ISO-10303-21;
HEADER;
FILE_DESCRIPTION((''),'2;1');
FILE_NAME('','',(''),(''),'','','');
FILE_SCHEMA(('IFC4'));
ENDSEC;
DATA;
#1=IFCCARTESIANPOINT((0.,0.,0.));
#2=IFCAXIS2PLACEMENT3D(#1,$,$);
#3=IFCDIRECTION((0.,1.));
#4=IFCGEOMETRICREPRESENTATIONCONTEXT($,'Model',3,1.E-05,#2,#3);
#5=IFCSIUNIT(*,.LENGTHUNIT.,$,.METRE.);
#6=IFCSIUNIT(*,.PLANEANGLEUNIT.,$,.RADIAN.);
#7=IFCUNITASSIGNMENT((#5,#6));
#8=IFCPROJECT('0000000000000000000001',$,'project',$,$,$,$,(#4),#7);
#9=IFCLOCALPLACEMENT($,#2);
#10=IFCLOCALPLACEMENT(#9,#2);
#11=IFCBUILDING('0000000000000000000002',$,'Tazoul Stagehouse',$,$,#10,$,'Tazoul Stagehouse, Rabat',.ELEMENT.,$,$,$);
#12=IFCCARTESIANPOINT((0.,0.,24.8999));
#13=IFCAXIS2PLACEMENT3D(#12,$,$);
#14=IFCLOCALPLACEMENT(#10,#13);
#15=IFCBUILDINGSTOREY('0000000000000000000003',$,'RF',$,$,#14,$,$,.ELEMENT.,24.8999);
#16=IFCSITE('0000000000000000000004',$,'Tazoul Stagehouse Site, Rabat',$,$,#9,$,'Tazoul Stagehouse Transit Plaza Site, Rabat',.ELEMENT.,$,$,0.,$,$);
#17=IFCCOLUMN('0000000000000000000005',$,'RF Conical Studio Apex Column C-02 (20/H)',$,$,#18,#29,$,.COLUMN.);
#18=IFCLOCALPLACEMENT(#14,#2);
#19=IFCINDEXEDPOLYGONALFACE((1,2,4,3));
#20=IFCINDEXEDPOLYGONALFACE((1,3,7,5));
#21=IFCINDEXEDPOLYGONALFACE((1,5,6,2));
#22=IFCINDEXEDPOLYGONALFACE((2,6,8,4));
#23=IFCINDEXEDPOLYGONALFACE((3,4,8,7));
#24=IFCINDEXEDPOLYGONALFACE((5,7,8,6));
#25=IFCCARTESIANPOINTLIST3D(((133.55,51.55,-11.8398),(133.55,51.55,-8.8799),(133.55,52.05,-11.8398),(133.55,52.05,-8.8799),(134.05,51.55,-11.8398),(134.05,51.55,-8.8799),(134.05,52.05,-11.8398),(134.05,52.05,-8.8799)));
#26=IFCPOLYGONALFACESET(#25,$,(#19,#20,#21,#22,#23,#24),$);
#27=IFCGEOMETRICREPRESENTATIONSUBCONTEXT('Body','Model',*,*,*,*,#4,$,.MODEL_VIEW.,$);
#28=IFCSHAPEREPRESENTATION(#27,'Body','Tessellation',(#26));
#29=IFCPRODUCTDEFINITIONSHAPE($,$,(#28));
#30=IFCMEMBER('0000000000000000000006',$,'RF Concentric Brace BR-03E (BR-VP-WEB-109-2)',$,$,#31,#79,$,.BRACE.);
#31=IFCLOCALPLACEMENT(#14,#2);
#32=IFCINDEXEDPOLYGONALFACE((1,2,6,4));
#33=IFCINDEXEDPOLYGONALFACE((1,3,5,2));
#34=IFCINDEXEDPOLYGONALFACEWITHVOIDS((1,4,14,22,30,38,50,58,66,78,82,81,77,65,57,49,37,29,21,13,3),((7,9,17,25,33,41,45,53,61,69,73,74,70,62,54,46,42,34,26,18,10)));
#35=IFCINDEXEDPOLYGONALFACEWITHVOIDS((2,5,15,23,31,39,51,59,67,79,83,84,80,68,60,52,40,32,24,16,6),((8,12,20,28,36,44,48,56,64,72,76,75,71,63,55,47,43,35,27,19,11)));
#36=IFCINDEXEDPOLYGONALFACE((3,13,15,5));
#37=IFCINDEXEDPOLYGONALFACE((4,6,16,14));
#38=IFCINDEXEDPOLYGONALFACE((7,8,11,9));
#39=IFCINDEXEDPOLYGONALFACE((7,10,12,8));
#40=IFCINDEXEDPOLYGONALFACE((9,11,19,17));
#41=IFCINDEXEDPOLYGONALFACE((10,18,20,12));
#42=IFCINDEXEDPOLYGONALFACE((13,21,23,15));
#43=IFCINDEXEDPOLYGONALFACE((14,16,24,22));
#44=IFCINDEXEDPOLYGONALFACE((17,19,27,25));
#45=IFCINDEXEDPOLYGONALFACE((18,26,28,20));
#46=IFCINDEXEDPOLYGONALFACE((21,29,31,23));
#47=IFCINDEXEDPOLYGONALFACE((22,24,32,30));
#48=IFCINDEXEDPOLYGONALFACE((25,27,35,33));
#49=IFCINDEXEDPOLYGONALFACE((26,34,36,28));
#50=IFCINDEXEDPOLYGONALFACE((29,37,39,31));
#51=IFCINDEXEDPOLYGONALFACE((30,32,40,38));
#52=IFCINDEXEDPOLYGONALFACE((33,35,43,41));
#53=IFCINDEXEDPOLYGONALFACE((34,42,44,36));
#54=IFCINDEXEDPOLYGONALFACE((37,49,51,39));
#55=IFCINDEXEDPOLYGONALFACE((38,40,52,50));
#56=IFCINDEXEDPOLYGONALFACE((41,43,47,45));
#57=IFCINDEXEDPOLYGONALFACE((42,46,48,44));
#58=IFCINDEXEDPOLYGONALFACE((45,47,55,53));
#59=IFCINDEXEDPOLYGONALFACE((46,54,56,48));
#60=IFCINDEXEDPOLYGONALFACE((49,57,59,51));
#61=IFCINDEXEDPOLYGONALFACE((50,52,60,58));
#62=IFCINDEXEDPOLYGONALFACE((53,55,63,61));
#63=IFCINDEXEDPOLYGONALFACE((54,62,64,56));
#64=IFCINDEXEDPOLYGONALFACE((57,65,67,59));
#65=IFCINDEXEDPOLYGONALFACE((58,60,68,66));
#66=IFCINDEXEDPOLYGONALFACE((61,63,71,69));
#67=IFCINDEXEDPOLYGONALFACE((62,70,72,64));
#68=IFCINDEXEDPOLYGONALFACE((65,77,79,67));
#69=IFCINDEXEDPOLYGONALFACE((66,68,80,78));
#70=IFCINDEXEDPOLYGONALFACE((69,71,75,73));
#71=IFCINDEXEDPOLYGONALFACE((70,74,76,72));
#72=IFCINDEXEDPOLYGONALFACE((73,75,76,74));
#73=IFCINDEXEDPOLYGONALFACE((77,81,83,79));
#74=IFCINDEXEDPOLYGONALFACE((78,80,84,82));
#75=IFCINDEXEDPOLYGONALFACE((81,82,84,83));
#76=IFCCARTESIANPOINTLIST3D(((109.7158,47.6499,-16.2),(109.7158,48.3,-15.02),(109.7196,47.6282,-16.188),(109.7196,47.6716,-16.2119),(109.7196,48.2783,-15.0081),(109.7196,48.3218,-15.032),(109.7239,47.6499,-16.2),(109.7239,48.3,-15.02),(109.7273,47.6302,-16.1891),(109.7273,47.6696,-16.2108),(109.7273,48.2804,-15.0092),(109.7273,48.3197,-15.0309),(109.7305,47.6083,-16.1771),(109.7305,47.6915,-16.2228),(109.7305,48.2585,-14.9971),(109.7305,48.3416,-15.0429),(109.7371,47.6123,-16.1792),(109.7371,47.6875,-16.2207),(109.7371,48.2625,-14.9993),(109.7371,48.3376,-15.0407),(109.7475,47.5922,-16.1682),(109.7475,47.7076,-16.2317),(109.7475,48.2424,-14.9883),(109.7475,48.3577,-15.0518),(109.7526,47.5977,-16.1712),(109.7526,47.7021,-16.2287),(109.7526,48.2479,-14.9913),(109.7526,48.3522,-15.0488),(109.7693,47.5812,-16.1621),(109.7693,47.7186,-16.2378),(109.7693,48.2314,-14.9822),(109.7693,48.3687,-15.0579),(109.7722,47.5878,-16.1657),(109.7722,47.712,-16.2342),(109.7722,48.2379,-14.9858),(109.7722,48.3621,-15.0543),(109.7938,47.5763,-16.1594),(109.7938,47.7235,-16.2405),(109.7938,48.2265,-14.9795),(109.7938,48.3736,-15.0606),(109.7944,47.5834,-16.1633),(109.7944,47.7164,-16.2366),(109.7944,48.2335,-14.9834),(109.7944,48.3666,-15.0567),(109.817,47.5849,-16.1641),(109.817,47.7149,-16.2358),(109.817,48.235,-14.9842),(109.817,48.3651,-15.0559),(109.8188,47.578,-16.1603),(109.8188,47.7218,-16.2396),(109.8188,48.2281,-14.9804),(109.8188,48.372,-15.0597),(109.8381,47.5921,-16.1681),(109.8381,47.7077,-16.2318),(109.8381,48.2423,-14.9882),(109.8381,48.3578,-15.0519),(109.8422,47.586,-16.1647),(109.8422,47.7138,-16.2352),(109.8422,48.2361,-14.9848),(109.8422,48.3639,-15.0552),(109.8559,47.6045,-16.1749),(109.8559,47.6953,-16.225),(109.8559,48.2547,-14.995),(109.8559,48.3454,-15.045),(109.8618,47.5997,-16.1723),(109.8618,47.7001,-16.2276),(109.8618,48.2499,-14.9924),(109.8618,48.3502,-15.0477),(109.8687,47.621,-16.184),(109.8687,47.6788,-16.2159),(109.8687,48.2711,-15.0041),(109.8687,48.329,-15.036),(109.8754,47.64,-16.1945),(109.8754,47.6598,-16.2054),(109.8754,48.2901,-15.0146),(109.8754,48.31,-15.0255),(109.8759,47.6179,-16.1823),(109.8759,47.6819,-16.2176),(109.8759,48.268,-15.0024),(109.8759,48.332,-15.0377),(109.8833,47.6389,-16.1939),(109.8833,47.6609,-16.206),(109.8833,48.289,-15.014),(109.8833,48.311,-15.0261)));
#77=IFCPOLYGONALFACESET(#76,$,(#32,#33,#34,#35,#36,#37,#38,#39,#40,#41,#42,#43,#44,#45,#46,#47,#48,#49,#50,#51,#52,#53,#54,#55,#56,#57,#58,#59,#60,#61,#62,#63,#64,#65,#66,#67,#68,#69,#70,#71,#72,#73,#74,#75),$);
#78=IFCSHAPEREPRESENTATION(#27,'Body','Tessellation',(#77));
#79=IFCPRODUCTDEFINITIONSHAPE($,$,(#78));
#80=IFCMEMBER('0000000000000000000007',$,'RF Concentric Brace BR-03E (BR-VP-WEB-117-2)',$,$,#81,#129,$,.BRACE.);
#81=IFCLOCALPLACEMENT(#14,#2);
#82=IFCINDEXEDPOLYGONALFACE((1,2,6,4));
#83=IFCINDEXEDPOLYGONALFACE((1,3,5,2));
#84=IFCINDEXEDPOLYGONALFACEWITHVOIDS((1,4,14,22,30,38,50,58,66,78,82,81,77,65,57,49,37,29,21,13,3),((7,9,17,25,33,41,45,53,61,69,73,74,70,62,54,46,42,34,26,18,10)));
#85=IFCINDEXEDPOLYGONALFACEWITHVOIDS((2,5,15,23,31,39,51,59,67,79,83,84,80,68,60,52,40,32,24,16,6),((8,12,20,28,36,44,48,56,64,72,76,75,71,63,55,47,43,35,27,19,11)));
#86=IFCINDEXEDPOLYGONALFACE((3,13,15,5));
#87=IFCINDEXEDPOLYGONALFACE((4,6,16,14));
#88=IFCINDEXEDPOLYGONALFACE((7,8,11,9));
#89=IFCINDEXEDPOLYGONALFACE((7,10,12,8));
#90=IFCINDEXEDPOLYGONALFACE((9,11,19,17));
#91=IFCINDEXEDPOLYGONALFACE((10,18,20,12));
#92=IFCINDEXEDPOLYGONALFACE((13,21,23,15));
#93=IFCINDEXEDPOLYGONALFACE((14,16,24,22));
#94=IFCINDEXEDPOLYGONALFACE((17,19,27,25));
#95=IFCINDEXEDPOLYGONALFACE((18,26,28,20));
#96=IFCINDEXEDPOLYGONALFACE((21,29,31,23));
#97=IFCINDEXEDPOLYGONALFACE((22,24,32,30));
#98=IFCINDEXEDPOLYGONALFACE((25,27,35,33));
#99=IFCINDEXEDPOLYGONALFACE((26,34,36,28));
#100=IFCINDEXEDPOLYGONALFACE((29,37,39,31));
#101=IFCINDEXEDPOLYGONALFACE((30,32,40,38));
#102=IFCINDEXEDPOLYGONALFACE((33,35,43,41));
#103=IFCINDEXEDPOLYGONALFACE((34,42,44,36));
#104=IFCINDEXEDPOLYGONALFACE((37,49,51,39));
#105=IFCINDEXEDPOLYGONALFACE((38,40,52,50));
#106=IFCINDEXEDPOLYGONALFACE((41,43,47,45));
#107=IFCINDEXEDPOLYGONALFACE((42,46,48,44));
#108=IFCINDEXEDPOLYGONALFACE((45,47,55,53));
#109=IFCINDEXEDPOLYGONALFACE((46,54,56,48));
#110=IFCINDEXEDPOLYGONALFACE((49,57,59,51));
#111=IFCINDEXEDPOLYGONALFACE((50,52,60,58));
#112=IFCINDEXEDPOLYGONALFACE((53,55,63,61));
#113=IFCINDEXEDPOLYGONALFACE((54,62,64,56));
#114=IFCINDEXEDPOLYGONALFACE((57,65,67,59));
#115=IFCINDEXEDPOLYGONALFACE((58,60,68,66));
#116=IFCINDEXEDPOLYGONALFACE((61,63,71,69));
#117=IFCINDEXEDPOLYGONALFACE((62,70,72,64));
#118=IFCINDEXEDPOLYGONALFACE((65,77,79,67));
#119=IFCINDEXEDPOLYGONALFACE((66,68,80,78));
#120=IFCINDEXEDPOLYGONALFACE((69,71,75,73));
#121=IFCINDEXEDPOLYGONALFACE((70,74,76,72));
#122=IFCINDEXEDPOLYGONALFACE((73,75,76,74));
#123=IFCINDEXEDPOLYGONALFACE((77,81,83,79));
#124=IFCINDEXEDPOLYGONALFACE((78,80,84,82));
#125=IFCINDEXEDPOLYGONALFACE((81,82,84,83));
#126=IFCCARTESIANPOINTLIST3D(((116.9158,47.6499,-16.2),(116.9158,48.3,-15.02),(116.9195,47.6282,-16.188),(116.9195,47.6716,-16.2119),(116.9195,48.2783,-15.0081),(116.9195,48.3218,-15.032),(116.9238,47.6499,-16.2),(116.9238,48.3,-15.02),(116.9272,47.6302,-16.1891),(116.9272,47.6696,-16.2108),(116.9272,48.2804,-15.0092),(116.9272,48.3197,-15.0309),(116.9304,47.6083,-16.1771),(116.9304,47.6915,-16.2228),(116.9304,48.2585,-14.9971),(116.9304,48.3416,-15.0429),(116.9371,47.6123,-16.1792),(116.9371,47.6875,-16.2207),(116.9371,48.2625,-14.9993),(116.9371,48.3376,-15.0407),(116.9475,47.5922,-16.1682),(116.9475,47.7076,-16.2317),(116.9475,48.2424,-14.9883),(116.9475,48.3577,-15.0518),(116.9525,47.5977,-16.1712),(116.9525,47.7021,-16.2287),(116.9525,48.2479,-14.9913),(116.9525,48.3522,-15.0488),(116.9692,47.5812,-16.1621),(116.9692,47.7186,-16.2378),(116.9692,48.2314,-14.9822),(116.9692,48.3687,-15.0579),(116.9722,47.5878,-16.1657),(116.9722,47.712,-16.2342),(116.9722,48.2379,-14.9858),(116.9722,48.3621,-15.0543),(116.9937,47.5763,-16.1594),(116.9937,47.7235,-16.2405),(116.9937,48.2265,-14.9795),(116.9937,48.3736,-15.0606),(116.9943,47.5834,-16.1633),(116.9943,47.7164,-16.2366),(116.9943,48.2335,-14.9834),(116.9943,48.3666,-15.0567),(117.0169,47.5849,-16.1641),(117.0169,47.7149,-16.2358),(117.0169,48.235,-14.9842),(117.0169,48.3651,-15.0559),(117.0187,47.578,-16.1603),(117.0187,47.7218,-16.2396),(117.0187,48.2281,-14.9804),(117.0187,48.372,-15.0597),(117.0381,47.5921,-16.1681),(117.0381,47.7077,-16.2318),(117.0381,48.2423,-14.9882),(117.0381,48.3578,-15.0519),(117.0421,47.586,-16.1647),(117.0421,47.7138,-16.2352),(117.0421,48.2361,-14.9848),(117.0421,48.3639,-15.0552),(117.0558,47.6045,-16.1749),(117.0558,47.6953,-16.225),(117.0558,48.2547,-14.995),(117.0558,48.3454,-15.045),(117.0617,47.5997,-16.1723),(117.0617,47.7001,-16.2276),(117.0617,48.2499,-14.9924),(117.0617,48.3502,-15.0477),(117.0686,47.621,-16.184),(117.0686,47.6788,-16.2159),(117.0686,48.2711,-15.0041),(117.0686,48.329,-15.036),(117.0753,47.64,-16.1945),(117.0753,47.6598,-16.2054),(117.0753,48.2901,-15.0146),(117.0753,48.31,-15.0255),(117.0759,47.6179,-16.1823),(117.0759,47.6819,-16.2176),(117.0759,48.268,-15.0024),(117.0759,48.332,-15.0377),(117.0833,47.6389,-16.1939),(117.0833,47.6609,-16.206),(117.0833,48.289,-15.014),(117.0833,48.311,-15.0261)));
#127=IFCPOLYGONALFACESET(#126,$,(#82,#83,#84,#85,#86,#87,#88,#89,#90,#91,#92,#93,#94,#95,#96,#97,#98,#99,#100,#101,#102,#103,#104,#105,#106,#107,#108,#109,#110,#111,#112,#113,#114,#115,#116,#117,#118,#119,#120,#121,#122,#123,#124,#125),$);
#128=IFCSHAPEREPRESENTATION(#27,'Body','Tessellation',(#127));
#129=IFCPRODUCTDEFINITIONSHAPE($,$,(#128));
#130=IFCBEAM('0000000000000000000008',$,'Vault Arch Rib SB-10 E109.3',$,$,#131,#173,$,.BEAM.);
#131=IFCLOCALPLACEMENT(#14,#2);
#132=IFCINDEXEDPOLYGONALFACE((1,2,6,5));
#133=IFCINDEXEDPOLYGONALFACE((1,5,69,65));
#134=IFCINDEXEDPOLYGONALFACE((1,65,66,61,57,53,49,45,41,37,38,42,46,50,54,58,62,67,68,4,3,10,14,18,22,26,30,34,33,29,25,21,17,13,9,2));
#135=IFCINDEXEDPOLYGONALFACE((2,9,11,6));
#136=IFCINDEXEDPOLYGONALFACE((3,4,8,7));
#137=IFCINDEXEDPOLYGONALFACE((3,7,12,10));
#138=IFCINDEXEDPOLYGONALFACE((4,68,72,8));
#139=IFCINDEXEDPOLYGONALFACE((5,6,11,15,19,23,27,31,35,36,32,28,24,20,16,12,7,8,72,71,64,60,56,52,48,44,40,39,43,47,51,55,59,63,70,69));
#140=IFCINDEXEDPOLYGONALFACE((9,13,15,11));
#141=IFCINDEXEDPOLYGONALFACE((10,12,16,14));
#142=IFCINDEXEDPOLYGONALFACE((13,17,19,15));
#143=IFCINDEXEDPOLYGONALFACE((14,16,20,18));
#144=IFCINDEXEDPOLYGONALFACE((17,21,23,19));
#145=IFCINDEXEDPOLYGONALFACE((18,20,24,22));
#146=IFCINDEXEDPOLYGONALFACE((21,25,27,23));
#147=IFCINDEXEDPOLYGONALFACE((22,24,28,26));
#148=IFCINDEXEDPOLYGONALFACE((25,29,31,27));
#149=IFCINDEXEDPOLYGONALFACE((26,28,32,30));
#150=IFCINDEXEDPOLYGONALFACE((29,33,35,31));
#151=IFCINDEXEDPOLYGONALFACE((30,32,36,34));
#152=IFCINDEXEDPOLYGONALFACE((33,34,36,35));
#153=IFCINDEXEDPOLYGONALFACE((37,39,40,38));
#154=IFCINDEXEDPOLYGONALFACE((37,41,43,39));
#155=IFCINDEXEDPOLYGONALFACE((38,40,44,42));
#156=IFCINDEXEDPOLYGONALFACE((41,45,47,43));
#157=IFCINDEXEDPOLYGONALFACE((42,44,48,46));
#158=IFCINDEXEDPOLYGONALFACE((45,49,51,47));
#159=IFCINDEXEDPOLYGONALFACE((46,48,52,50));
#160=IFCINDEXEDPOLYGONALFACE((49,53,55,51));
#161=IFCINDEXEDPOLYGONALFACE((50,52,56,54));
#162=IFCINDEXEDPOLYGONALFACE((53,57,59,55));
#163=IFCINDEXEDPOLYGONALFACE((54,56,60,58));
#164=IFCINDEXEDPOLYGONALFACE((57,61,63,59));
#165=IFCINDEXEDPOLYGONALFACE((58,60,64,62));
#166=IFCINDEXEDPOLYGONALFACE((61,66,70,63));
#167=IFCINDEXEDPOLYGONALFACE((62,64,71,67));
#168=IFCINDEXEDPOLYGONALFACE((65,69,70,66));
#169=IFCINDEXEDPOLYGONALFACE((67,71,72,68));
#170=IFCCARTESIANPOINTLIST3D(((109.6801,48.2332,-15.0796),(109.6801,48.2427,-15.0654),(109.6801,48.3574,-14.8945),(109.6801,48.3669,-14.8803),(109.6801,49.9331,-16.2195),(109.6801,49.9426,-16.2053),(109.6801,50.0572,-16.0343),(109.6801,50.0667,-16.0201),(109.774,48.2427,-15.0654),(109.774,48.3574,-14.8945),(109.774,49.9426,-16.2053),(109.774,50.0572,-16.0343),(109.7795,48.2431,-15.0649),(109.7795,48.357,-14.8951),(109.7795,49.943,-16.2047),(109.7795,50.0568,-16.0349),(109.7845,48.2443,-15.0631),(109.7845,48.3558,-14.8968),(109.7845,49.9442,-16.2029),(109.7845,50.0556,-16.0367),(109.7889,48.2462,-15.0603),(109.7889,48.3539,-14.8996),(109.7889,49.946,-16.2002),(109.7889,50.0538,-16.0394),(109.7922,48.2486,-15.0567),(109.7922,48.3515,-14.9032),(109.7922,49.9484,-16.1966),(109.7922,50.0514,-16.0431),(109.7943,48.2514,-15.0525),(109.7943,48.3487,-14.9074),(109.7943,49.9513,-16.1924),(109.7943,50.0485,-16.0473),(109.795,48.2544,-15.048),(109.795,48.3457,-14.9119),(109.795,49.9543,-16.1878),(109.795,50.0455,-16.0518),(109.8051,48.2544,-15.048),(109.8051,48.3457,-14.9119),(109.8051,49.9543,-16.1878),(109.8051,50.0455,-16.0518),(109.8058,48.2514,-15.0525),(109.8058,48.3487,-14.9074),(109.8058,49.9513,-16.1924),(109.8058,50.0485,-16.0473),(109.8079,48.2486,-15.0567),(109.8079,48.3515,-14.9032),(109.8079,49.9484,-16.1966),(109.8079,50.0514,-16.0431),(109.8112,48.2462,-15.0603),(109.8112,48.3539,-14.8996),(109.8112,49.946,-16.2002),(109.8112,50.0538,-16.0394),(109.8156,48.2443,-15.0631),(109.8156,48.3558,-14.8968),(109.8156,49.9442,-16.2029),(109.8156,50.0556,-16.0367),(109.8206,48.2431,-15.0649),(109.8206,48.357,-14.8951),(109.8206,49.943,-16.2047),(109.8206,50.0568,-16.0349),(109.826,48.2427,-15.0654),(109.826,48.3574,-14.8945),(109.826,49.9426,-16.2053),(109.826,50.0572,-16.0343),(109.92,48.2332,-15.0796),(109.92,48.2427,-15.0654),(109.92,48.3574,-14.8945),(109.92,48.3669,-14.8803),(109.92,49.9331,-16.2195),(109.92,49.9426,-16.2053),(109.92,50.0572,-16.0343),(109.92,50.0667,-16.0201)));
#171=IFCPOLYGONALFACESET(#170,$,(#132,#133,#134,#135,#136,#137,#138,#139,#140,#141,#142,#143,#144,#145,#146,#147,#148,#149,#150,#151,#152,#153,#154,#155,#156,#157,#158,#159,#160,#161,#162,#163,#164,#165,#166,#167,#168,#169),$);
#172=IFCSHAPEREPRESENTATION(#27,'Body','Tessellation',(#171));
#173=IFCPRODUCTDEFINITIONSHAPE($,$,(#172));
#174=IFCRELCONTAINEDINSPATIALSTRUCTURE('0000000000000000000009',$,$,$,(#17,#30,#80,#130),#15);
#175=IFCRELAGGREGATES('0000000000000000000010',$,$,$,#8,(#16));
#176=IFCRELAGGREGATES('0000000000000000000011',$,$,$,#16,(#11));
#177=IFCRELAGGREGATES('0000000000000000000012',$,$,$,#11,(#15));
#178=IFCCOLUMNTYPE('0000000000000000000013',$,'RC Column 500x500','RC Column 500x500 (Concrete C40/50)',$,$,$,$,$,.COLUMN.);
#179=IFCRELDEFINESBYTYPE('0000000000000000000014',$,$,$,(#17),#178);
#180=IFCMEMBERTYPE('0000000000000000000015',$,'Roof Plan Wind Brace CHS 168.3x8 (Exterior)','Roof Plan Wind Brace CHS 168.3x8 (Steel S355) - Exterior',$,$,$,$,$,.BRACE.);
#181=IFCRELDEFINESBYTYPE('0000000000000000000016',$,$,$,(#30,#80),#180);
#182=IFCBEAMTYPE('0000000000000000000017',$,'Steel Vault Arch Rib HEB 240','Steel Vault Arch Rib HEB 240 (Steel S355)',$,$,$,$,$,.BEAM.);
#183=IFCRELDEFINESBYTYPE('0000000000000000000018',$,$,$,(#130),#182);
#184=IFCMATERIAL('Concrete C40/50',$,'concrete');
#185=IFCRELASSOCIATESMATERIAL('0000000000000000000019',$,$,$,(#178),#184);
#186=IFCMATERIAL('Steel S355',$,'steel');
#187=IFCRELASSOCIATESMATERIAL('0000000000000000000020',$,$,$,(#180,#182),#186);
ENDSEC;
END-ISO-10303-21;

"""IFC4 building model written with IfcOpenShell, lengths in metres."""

from ifc_helpers import new_model, si_unit, direction, frame, origin, origin_2d, place, context, subcontext, project, spatial, rectangle, hollow_circle, i_section, extrude, material, material_profile, profile_set, type_object, element, save


model = new_model("IFC4")

# Units and contexts
model_context = context("Model", 3, precision=1e-05, world=origin(), true_north=direction((0.0, 1.0)))
body_context = subcontext(model_context, "Body", "Model", "MODEL_VIEW")
ifc_project = project(units=[si_unit("LENGTHUNIT", "METRE"), si_unit("PLANEANGLEUNIT", "RADIAN")], contexts=[model_context])

# Site, building, storey
site_placement = place(None, origin())
site = spatial("IfcSite", under=ifc_project, at=site_placement, Name="Tazoul Stagehouse Site, Rabat", LongName="Tazoul Stagehouse Transit Plaza Site, Rabat", CompositionType="ELEMENT", RefElevation=0.0)
building_placement = place(site_placement, origin())
building = spatial("IfcBuilding", under=site, at=building_placement, Name="Tazoul Stagehouse", LongName="Tazoul Stagehouse, Rabat", CompositionType="ELEMENT")
storey_placement = place(building_placement, frame((0.0, 0.0, 24.8999)))
storey = spatial("IfcBuildingStorey", under=building, at=storey_placement, Name="RF", CompositionType="ELEMENT", Elevation=24.8999)

# Column
ifc_material_1 = material(Name="Concrete C40/50", Category="concrete")
ifc_material_profile_1 = material_profile(ifc_material_1, rectangle(XDim=0.5, YDim=0.5, at=origin_2d()), Name="RC 500x500")
ifc_profile_set_1 = profile_set([ifc_material_profile_1], Name="Concrete C40/50")
column_type = type_object("IfcColumnType", Name="RC Column 500x500", Description="RC Column 500x500 (Concrete C40/50)", PredefinedType="COLUMN", material=ifc_profile_set_1)
column_placement = place(storey_placement, frame((133.8, 51.8, -11.8398), z_axis=(0.0, 0.0, 1.0), x_axis=(1.0, 0.0, 0.0)))
element("IfcColumn", 1, at=column_placement, inside=storey, type_object=column_type, Name="RF Conical Studio Apex Column C-02 (20/H)", PredefinedType="COLUMN", context=body_context, shape_type="SweptSolid", body=[
    extrude(rectangle(XDim=0.5, YDim=0.5, at=origin_2d()), origin(), (0.0, 0.0, 1.0), 2.96),
])

# Members
ifc_material_2 = material(Name="Steel S355", Category="steel")
ifc_material_profile_2 = material_profile(ifc_material_2, hollow_circle(Radius=0.0842, WallThickness=0.0081, at=origin_2d()), Name="CHS 168.3x8")
ifc_profile_set_2 = profile_set([ifc_material_profile_2], Name="Steel S355")
member_type_1 = type_object("IfcMemberType", Name="Roof Plan Wind Brace CHS 168.3x8 (Exterior)", Description="Roof Plan Wind Brace CHS 168.3x8 (Steel S355) - Exterior", PredefinedType="BRACE", material=ifc_profile_set_2)
for number, where, z_axis, x_axis, name in (
    (2, (109.8, 47.6499, -16.2), (0.0, 0.482593, 0.875845), (-1.0, 0.0, 0.0), "RF Concentric Brace BR-03E (BR-VP-WEB-109-2)"),
    (3, (117.0, 47.6499, -16.2), (0.0, 0.482593, 0.875845), (-1.0, 0.0, 0.0), "RF Concentric Brace BR-03E (BR-VP-WEB-117-2)"),
):
    element("IfcMember", number, at=place(storey_placement, frame(where, z_axis=z_axis, x_axis=x_axis)), inside=storey, type_object=member_type_1, Name=name, PredefinedType="BRACE", context=body_context, shape_type="SweptSolid", body=[
        extrude(hollow_circle(Radius=0.0842, WallThickness=0.0081, at=origin_2d()), origin(), (0.0, 0.0, 1.0), 1.3472),
    ])

# Beam
ifc_material_profile_3 = material_profile(ifc_material_2, i_section(OverallWidth=0.24, OverallDepth=0.24, WebThickness=0.01, FlangeThickness=0.0171, FilletRadius=0.021, at=origin_2d()), Name="HEB 240")
ifc_profile_set_3 = profile_set([ifc_material_profile_3], Name="Steel S355")
beam_type = type_object("IfcBeamType", Name="Steel Vault Arch Rib HEB 240", Description="Steel Vault Arch Rib HEB 240 (Steel S355)", PredefinedType="BEAM", material=ifc_profile_set_3)
for number, where, z_axis, x_axis, name in (
    (4, (109.8, 48.3, -14.98), (0.0, 0.830561, -0.556928), (-1.0, 0.0, 0.0), "Vault Arch Rib SB-10 E109.3"),
):
    element("IfcBeam", number, at=place(storey_placement, frame(where, z_axis=z_axis, x_axis=x_axis)), inside=storey, type_object=beam_type, Name=name, PredefinedType="BEAM", context=body_context, shape_type="SweptSolid", body=[
        extrude(i_section(OverallWidth=0.24, OverallDepth=0.24, WebThickness=0.01, FlangeThickness=0.0171, FilletRadius=0.021, at=origin_2d()), origin(), (0.0, 0.0, 1.0), 2.0466),
    ])

save(model, "model.ifc")
